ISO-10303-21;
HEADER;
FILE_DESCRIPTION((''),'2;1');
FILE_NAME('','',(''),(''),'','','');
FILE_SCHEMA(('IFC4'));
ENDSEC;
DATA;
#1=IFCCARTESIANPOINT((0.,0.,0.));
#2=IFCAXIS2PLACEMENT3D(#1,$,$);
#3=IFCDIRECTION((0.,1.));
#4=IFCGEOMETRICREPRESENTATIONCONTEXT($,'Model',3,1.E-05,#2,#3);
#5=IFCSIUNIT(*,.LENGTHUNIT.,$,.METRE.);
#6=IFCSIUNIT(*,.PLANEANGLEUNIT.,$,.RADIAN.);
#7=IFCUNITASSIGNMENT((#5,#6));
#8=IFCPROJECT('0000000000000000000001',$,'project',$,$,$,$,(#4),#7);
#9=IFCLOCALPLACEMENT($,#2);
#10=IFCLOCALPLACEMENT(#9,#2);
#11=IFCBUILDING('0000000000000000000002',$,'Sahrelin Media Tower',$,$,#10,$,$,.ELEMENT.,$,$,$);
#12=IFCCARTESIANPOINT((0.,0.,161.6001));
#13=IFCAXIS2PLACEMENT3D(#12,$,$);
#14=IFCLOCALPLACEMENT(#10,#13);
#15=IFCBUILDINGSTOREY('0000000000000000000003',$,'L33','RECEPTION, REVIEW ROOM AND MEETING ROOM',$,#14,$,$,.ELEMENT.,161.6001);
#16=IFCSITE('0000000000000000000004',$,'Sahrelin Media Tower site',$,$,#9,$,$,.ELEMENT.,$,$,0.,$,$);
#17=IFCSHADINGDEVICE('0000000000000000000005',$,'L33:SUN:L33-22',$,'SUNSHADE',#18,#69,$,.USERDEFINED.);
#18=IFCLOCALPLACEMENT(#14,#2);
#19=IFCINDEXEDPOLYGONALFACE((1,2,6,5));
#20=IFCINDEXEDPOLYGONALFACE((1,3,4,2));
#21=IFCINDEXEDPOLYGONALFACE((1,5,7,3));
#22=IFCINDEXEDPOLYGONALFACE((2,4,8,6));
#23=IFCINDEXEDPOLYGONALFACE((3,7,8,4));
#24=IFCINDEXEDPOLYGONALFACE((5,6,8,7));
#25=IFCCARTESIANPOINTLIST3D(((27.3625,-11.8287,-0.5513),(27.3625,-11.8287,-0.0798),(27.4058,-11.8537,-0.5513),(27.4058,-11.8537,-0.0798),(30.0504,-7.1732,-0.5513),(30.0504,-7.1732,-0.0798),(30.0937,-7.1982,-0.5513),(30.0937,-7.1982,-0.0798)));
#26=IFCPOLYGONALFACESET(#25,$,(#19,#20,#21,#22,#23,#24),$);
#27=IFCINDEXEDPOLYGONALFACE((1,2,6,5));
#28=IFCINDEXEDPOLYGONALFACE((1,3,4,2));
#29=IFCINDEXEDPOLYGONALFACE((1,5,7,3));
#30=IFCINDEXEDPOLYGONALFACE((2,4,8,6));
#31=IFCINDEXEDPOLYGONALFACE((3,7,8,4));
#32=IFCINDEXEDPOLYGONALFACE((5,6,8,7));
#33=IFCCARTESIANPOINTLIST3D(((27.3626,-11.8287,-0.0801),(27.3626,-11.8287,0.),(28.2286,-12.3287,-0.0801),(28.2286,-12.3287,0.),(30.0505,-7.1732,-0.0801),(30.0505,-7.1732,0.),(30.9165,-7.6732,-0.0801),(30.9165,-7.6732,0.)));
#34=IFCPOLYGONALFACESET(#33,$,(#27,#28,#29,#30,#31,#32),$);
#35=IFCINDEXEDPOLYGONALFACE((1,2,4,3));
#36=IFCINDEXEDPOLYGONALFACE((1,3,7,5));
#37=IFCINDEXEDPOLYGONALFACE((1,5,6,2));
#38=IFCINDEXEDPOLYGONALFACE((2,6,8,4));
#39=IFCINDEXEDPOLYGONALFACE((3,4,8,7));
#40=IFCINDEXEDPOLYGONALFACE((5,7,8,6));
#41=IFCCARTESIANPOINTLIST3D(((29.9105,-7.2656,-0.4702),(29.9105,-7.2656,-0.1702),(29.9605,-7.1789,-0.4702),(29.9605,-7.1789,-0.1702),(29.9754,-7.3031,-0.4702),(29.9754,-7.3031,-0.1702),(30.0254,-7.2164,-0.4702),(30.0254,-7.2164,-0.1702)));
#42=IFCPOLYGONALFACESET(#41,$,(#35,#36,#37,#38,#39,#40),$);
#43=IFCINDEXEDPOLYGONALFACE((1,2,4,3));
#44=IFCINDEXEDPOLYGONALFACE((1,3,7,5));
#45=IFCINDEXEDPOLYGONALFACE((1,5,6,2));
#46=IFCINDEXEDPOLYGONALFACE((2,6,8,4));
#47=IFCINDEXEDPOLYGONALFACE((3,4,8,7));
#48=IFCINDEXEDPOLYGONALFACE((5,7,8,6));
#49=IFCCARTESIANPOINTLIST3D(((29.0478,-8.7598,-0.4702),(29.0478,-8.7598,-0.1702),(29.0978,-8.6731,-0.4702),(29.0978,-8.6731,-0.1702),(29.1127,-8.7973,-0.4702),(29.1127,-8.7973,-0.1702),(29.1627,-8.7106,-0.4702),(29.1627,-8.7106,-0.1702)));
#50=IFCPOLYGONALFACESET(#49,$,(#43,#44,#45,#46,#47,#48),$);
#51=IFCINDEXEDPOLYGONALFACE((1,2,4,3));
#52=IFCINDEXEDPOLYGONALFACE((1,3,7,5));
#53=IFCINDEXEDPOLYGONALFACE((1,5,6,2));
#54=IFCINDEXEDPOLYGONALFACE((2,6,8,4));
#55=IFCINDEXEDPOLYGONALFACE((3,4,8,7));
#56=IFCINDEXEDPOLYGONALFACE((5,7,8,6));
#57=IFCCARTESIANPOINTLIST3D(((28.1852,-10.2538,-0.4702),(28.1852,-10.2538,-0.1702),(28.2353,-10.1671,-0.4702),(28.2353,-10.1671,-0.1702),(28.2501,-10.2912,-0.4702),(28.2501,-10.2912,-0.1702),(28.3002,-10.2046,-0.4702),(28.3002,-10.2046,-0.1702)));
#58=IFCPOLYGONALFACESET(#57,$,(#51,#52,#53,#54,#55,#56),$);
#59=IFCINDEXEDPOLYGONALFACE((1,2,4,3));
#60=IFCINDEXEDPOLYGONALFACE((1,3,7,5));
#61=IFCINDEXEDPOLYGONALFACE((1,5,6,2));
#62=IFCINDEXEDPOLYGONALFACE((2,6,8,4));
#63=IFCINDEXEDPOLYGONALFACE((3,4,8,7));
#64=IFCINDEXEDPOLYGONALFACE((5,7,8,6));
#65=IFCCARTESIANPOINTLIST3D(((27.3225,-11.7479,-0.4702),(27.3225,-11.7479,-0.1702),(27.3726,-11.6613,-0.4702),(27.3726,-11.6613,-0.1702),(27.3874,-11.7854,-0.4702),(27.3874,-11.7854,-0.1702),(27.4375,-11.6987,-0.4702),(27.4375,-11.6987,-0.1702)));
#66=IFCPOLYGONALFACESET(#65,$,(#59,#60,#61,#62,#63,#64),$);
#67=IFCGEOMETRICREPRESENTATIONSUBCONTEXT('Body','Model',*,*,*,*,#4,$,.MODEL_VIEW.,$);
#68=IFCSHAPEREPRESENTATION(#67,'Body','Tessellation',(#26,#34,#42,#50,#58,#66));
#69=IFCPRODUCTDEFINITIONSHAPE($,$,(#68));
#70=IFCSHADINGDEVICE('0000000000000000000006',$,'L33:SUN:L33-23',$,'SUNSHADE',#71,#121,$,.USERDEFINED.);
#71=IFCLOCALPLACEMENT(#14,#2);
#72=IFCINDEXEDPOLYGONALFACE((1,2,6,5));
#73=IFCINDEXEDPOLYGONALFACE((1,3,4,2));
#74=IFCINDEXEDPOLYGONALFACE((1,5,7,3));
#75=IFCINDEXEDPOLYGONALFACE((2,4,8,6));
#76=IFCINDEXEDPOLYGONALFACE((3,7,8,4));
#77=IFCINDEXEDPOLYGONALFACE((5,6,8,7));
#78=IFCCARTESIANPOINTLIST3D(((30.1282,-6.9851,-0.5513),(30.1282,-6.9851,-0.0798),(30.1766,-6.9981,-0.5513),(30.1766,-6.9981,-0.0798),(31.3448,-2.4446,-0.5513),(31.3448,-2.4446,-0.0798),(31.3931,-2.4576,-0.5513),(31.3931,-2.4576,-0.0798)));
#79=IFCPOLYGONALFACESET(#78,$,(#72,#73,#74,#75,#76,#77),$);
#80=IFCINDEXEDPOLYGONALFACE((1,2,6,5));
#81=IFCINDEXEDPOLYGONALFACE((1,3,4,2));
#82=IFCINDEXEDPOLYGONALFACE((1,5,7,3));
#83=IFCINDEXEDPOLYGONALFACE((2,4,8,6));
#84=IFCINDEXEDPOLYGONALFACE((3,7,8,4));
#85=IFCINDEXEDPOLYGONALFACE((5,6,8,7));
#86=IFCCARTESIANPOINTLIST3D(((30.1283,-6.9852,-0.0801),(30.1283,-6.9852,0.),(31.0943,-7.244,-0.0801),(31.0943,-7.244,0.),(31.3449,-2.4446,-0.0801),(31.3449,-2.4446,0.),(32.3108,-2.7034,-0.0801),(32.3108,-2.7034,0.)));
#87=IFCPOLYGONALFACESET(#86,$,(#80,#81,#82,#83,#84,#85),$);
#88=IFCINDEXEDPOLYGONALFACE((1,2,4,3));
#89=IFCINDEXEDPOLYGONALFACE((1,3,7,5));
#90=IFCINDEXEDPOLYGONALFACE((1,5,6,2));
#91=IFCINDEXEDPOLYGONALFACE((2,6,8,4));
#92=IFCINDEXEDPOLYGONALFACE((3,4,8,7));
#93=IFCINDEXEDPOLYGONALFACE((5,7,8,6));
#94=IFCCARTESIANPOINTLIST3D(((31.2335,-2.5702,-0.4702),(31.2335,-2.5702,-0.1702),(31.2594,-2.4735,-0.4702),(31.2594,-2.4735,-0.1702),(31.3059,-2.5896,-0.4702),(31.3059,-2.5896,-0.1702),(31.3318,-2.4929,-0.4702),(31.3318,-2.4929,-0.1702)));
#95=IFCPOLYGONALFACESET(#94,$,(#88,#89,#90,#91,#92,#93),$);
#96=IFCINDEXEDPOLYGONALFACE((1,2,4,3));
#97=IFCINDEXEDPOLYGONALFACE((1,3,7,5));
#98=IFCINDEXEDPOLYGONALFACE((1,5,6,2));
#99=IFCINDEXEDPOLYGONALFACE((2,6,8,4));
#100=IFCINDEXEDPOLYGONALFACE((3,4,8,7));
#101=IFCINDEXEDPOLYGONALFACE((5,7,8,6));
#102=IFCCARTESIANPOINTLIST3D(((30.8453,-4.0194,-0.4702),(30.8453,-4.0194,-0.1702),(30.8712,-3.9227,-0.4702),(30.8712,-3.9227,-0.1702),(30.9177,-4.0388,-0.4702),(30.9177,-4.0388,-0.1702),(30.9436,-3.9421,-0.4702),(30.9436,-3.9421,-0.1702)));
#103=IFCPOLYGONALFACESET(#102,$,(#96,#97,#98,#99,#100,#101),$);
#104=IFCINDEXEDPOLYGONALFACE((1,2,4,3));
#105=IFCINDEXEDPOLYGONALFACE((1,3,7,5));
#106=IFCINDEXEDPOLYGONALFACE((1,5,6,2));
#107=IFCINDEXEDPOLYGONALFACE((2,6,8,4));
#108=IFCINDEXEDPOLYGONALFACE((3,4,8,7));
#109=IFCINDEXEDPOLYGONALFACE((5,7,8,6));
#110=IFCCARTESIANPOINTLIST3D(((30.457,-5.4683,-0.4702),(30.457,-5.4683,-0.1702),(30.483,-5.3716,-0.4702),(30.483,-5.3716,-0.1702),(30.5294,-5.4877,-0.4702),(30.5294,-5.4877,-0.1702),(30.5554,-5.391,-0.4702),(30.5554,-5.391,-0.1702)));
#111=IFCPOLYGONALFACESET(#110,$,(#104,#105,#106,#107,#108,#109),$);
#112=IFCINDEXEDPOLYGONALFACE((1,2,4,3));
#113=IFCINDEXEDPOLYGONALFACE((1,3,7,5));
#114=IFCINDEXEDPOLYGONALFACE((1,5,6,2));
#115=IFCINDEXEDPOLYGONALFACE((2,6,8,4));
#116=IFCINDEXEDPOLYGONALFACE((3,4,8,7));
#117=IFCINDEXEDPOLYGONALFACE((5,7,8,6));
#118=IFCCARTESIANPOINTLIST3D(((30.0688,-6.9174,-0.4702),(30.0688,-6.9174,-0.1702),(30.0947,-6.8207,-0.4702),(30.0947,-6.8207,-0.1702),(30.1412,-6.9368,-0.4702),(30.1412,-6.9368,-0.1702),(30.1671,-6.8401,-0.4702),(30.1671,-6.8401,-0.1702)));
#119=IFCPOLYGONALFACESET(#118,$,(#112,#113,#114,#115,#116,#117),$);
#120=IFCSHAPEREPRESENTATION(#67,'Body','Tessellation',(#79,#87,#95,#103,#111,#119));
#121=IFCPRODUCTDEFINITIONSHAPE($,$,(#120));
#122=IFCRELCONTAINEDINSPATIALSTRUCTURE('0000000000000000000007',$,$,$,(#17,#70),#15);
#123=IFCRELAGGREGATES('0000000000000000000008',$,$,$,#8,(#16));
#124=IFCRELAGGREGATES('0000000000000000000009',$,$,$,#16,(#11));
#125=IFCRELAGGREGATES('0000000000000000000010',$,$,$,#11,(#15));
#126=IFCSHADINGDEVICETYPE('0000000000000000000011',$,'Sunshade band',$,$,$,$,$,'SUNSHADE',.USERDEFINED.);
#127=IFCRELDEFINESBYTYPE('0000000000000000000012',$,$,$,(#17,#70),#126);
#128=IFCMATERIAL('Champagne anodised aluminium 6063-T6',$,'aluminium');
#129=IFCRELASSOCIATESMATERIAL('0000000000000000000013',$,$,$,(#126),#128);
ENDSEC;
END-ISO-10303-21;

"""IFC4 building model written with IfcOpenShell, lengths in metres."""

from ifc_helpers import new_model, si_unit, direction, frame, origin, origin_2d, place, context, subcontext, project, spatial, rectangle, extrude, material, type_object, element, save


model = new_model("IFC4")

# Units and contexts
model_context = context("Model", 3, precision=1e-05, world=origin(), true_north=direction((0.0, 1.0)))
body_context = subcontext(model_context, "Body", "Model", "MODEL_VIEW")
ifc_project = project(units=[si_unit("LENGTHUNIT", "METRE"), si_unit("PLANEANGLEUNIT", "RADIAN")], contexts=[model_context])

# Site, building, storey
site_placement = place(None, origin())
site = spatial("IfcSite", under=ifc_project, at=site_placement, Name="Sahrelin Media Tower site", CompositionType="ELEMENT", RefElevation=0.0)
building_placement = place(site_placement, origin())
building = spatial("IfcBuilding", under=site, at=building_placement, Name="Sahrelin Media Tower", CompositionType="ELEMENT")
storey_placement = place(building_placement, frame((0.0, 0.0, 161.6001)))
storey = spatial("IfcBuildingStorey", under=building, at=storey_placement, Name="L33", Description="RECEPTION, REVIEW ROOM AND MEETING ROOM", CompositionType="ELEMENT", Elevation=161.6001)

# Shared definitions
ifc_material_1 = material(Name="Champagne anodised aluminium 6063-T6", Category="aluminium")

# Shading devices
placement_1 = place(storey_placement, frame((28.6892, -9.491, 0.0), z_axis=(0.0, 0.0, 1.0), x_axis=(-0.500011, -0.866019, 0.0)))
placement_2 = place(storey_placement, frame((30.7173, -4.7097, 0.0), z_axis=(0.0, 0.0, 1.0), x_axis=(-0.258808, -0.965929, 0.0)))
shading_device_type_1 = type_object("IfcShadingDeviceType", Name="Sunshade band", ElementType="SUNSHADE", PredefinedType="USERDEFINED", material=ifc_material_1)
element("IfcShadingDevice", 1, at=placement_1, inside=storey, type_object=shading_device_type_1, Name="L33:SUN:L33-22", ObjectType="SUNSHADE", PredefinedType="USERDEFINED", context=body_context, shape_type="SweptSolid", body=[
    extrude(rectangle(XDim=5.3757, YDim=0.05, at=origin_2d()), frame((0.0, 0.0449, -0.5513)), (0.0, 0.0, 1.0), 0.4714),
    extrude(rectangle(XDim=5.3757, YDim=1.0, at=origin_2d()), frame((0.0, 0.52, -0.0801)), (0.0, 0.0, 1.0), 0.0801),
    extrude(rectangle(XDim=0.1001, YDim=0.075, at=origin_2d()), frame((-2.5879, -0.0176, -0.4702)), (0.0, 0.0, 1.0), 0.3),
    extrude(rectangle(XDim=0.1001, YDim=0.075, at=origin_2d()), frame((-0.8625, -0.0176, -0.4702)), (0.0, 0.0, 1.0), 0.3),
    extrude(rectangle(XDim=0.1001, YDim=0.075, at=origin_2d()), frame((0.8625, -0.0176, -0.4702)), (0.0, 0.0, 1.0), 0.3),
    extrude(rectangle(XDim=0.1001, YDim=0.075, at=origin_2d()), frame((2.5879, -0.0176, -0.4702)), (0.0, 0.0, 1.0), 0.3),
])
element("IfcShadingDevice", 2, at=placement_2, inside=storey, type_object=shading_device_type_1, Name="L33:SUN:L33-23", ObjectType="SUNSHADE", PredefinedType="USERDEFINED", context=body_context, shape_type="SweptSolid", body=[
    extrude(rectangle(XDim=4.7007, YDim=0.05, at=origin_2d()), frame((0.0, 0.0449, -0.5513)), (0.0, 0.0, 1.0), 0.4714),
    extrude(rectangle(XDim=4.7007, YDim=1.0, at=origin_2d()), frame((0.0, 0.52, -0.0801)), (0.0, 0.0, 1.0), 0.0801),
    extrude(rectangle(XDim=0.1001, YDim=0.075, at=origin_2d()), frame((-2.2502, -0.0176, -0.4702)), (0.0, 0.0, 1.0), 0.3),
    extrude(rectangle(XDim=0.1001, YDim=0.075, at=origin_2d()), frame((-0.75, -0.0176, -0.4702)), (0.0, 0.0, 1.0), 0.3),
    extrude(rectangle(XDim=0.1001, YDim=0.075, at=origin_2d()), frame((0.75, -0.0176, -0.4702)), (0.0, 0.0, 1.0), 0.3),
    extrude(rectangle(XDim=0.1001, YDim=0.075, at=origin_2d()), frame((2.2502, -0.0176, -0.4702)), (0.0, 0.0, 1.0), 0.3),
])

save(model, "model.ifc")
